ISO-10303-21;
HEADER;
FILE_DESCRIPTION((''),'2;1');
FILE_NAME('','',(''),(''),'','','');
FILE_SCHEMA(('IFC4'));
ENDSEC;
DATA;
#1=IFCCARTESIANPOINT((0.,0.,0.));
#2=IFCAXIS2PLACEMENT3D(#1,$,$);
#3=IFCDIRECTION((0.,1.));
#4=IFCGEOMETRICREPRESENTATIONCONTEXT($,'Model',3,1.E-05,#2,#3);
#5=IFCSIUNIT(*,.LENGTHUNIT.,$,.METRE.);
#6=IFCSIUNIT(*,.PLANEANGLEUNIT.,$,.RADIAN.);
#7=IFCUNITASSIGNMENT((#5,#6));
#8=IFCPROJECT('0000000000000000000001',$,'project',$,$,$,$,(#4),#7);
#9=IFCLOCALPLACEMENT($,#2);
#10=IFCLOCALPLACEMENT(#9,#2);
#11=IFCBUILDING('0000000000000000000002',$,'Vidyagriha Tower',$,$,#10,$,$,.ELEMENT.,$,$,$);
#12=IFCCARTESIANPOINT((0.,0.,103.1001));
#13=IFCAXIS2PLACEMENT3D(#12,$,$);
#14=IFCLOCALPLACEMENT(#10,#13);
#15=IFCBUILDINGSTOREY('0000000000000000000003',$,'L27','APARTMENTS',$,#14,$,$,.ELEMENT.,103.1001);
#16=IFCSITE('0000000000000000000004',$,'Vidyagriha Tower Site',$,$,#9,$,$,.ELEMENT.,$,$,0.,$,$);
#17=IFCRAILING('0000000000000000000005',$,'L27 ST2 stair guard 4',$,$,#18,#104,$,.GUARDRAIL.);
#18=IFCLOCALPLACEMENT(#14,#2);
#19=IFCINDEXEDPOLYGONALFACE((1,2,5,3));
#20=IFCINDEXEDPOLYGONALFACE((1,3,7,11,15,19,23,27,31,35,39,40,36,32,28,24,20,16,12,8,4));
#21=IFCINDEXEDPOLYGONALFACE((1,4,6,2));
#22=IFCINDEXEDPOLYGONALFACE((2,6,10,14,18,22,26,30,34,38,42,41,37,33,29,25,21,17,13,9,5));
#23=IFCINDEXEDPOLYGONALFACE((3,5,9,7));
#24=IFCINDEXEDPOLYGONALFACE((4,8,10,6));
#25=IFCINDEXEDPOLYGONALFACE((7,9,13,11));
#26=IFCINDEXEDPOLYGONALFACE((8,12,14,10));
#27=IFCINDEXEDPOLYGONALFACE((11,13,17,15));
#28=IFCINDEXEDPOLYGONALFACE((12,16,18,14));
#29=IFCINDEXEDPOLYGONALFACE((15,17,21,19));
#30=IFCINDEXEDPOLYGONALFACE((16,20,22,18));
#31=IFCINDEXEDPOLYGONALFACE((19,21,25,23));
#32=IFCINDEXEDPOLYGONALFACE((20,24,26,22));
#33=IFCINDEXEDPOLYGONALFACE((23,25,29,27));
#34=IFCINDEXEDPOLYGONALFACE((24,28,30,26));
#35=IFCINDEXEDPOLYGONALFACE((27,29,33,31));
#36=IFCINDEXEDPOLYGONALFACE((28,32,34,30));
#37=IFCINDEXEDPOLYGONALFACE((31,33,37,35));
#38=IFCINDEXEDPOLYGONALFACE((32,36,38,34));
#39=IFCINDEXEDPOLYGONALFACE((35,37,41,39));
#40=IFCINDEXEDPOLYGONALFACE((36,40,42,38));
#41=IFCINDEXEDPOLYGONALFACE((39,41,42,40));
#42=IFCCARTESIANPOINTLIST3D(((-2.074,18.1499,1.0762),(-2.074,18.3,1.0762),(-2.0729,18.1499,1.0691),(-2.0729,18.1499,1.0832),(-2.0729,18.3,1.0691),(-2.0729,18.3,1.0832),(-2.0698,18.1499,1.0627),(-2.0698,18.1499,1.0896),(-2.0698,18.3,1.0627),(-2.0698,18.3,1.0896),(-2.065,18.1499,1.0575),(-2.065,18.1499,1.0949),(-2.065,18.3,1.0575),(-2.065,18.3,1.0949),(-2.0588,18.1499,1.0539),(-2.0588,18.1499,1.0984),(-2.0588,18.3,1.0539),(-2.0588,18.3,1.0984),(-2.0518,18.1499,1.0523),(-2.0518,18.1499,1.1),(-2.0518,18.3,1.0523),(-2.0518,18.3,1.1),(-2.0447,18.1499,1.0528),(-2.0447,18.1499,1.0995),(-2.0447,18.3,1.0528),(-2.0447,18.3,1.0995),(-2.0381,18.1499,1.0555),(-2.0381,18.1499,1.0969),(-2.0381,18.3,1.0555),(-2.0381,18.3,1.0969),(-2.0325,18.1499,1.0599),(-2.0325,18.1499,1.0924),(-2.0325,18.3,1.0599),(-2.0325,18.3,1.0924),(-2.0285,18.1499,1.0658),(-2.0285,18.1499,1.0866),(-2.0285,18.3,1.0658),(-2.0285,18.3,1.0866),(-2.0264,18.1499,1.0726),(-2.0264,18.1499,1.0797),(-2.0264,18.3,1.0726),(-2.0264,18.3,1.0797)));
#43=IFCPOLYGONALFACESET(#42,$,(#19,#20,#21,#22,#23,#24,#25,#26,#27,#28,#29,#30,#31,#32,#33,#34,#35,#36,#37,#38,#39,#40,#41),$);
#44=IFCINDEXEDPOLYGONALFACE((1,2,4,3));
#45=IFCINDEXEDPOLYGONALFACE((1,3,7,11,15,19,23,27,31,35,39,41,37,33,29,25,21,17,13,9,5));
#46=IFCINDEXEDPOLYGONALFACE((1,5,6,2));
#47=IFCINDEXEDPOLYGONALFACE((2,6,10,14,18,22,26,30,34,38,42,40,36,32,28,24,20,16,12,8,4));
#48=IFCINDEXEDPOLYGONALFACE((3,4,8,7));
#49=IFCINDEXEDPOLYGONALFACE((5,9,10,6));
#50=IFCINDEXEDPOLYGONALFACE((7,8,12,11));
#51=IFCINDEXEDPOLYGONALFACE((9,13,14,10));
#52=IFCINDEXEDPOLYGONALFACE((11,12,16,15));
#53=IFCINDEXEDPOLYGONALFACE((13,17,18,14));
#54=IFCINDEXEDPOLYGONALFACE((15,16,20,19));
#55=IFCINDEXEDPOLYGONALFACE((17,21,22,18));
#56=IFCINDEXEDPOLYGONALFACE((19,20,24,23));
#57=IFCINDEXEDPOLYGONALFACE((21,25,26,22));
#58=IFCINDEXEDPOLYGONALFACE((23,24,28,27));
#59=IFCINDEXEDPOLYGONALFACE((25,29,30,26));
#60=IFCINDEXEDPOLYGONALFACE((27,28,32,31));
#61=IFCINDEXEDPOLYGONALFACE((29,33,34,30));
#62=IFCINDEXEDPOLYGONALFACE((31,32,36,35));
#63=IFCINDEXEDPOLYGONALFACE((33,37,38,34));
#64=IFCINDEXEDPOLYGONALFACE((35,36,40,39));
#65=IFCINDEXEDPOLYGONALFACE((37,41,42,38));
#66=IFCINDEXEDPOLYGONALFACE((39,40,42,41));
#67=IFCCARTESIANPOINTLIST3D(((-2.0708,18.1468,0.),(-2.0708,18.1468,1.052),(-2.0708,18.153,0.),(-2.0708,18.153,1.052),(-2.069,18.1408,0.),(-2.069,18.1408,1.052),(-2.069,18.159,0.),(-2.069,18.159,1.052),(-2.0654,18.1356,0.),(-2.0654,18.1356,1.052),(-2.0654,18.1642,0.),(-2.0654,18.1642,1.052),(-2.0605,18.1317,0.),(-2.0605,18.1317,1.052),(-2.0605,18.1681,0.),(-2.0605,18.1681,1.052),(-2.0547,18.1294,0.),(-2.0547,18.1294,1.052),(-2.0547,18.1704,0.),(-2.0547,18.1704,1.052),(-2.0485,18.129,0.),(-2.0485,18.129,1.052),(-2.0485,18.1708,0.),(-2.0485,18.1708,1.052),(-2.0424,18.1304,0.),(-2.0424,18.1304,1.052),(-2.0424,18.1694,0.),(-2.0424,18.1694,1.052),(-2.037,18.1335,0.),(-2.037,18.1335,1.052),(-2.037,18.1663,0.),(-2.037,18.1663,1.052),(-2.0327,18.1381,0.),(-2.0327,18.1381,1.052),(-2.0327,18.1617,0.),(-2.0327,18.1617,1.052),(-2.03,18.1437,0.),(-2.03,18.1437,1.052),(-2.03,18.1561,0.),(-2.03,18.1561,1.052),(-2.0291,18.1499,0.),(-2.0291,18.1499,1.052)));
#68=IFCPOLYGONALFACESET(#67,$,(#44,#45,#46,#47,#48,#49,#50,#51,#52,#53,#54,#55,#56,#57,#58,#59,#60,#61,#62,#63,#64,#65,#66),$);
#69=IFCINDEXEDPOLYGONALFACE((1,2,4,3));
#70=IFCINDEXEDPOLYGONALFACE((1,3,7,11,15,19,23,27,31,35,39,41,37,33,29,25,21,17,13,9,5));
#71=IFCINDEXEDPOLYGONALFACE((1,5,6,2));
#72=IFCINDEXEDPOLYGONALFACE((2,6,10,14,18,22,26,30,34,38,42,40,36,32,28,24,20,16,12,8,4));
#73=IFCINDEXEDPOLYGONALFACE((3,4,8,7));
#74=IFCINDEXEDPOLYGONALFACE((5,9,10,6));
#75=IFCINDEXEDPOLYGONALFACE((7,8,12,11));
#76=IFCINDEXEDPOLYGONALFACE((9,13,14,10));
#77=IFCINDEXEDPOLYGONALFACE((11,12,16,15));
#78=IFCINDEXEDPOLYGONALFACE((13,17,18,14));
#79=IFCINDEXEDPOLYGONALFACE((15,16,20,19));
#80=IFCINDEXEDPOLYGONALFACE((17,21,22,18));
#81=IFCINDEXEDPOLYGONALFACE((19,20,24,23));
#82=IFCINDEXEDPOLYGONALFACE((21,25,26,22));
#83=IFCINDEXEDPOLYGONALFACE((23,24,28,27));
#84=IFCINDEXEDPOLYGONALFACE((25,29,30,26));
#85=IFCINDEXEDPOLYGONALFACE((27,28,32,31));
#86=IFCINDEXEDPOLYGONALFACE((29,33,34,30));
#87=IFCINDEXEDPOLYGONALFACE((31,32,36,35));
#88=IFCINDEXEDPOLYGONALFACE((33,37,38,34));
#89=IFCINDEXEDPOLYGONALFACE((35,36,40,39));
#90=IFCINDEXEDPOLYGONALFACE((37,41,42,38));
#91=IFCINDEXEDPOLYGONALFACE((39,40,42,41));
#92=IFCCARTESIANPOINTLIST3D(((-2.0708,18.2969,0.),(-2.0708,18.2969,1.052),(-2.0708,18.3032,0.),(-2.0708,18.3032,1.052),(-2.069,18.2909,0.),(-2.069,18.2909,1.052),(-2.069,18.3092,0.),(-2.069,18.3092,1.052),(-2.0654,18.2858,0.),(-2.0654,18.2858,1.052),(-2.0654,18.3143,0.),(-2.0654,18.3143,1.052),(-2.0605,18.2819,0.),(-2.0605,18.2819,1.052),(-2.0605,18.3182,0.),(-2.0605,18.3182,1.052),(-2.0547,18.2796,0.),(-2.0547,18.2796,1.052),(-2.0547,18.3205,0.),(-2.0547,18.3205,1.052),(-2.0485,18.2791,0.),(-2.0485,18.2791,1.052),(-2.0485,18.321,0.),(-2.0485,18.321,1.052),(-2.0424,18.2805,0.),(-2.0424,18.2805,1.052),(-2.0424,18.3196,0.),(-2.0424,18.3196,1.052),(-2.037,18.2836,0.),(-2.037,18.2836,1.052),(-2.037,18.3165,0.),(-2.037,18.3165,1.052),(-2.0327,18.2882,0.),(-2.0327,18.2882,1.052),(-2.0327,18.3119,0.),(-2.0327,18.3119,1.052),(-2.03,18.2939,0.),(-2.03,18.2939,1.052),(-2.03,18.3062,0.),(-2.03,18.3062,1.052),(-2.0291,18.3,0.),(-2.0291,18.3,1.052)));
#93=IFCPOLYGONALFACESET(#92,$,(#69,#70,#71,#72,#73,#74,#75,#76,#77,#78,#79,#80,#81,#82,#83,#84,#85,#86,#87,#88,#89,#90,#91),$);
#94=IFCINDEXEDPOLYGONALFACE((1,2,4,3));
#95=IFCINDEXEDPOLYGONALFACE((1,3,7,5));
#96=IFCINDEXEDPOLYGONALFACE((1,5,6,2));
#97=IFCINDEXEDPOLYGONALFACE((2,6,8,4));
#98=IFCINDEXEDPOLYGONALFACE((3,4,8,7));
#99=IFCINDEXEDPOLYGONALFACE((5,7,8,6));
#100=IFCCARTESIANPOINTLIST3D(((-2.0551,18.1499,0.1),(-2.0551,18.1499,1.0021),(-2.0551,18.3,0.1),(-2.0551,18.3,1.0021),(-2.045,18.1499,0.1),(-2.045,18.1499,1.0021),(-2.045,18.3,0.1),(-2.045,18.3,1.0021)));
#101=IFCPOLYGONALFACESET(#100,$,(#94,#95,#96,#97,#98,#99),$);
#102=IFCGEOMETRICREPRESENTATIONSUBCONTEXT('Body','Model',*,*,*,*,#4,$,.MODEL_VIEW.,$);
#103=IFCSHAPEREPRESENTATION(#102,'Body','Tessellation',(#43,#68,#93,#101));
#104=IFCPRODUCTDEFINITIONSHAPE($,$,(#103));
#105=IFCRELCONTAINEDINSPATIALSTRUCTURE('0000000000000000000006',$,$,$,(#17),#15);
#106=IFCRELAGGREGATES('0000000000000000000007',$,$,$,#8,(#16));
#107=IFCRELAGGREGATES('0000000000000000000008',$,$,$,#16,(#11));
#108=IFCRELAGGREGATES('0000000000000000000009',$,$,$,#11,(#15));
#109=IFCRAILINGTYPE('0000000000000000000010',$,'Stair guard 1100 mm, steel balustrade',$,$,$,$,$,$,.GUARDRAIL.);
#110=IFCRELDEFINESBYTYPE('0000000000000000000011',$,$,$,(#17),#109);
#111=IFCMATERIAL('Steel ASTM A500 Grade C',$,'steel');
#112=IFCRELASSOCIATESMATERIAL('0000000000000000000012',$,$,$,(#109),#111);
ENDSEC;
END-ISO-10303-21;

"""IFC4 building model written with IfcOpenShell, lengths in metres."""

from ifc_helpers import new_model, si_unit, direction, frame, origin, origin_2d, place, context, subcontext, project, spatial, rectangle, circle, extrude, material, type_object, element, save


model = new_model("IFC4")

# Units and contexts
model_context = context("Model", 3, precision=1e-05, world=origin(), true_north=direction((0.0, 1.0)))
body_context = subcontext(model_context, "Body", "Model", "MODEL_VIEW")
ifc_project = project(units=[si_unit("LENGTHUNIT", "METRE"), si_unit("PLANEANGLEUNIT", "RADIAN")], contexts=[model_context])

# Site, building, storey
site_placement = place(None, origin())
site = spatial("IfcSite", under=ifc_project, at=site_placement, Name="Vidyagriha Tower Site", CompositionType="ELEMENT", RefElevation=0.0)
building_placement = place(site_placement, origin())
building = spatial("IfcBuilding", under=site, at=building_placement, Name="Vidyagriha Tower", CompositionType="ELEMENT")
storey_placement = place(building_placement, frame((0.0, 0.0, 103.1001)))
storey = spatial("IfcBuildingStorey", under=building, at=storey_placement, Name="L27", Description="APARTMENTS", CompositionType="ELEMENT", Elevation=103.1001)

# Railing
ifc_material_1 = material(Name="Steel ASTM A500 Grade C", Category="steel")
railing_type_1 = type_object("IfcRailingType", Name="Stair guard 1100 mm, steel balustrade", PredefinedType="GUARDRAIL", material=ifc_material_1)
railing_1_placement = place(storey_placement, frame((-2.05, 18.1499, 0.0)))
element("IfcRailing", 1, at=railing_1_placement, inside=storey, type_object=railing_type_1, Name="L27 ST2 stair guard 4", PredefinedType="GUARDRAIL", context=body_context, shape_type="SweptSolid", body=[
    extrude(circle(Radius=0.0239, at=origin_2d()), frame((0.0, 0.0, 1.0762), z_axis=(0.0, 1.0, 0.0), x_axis=(-1.0, 0.0, 0.0)), (0.0, 0.0, 1.0), 0.1501),
    extrude(circle(Radius=0.021, at=origin_2d()), origin(), (0.0, 0.0, 1.0), 1.052),
    extrude(circle(Radius=0.021, at=origin_2d()), frame((0.0, 0.1501, 0.0)), (0.0, 0.0, 1.0), 1.052),
    extrude(rectangle(XDim=0.01, YDim=0.9021, at=origin_2d()), frame((0.0, 0.0, 0.551), z_axis=(0.0, 1.0, 0.0), x_axis=(-1.0, 0.0, 0.0)), (0.0, 0.0, 1.0), 0.1501),
])

save(model, "model.ifc")
